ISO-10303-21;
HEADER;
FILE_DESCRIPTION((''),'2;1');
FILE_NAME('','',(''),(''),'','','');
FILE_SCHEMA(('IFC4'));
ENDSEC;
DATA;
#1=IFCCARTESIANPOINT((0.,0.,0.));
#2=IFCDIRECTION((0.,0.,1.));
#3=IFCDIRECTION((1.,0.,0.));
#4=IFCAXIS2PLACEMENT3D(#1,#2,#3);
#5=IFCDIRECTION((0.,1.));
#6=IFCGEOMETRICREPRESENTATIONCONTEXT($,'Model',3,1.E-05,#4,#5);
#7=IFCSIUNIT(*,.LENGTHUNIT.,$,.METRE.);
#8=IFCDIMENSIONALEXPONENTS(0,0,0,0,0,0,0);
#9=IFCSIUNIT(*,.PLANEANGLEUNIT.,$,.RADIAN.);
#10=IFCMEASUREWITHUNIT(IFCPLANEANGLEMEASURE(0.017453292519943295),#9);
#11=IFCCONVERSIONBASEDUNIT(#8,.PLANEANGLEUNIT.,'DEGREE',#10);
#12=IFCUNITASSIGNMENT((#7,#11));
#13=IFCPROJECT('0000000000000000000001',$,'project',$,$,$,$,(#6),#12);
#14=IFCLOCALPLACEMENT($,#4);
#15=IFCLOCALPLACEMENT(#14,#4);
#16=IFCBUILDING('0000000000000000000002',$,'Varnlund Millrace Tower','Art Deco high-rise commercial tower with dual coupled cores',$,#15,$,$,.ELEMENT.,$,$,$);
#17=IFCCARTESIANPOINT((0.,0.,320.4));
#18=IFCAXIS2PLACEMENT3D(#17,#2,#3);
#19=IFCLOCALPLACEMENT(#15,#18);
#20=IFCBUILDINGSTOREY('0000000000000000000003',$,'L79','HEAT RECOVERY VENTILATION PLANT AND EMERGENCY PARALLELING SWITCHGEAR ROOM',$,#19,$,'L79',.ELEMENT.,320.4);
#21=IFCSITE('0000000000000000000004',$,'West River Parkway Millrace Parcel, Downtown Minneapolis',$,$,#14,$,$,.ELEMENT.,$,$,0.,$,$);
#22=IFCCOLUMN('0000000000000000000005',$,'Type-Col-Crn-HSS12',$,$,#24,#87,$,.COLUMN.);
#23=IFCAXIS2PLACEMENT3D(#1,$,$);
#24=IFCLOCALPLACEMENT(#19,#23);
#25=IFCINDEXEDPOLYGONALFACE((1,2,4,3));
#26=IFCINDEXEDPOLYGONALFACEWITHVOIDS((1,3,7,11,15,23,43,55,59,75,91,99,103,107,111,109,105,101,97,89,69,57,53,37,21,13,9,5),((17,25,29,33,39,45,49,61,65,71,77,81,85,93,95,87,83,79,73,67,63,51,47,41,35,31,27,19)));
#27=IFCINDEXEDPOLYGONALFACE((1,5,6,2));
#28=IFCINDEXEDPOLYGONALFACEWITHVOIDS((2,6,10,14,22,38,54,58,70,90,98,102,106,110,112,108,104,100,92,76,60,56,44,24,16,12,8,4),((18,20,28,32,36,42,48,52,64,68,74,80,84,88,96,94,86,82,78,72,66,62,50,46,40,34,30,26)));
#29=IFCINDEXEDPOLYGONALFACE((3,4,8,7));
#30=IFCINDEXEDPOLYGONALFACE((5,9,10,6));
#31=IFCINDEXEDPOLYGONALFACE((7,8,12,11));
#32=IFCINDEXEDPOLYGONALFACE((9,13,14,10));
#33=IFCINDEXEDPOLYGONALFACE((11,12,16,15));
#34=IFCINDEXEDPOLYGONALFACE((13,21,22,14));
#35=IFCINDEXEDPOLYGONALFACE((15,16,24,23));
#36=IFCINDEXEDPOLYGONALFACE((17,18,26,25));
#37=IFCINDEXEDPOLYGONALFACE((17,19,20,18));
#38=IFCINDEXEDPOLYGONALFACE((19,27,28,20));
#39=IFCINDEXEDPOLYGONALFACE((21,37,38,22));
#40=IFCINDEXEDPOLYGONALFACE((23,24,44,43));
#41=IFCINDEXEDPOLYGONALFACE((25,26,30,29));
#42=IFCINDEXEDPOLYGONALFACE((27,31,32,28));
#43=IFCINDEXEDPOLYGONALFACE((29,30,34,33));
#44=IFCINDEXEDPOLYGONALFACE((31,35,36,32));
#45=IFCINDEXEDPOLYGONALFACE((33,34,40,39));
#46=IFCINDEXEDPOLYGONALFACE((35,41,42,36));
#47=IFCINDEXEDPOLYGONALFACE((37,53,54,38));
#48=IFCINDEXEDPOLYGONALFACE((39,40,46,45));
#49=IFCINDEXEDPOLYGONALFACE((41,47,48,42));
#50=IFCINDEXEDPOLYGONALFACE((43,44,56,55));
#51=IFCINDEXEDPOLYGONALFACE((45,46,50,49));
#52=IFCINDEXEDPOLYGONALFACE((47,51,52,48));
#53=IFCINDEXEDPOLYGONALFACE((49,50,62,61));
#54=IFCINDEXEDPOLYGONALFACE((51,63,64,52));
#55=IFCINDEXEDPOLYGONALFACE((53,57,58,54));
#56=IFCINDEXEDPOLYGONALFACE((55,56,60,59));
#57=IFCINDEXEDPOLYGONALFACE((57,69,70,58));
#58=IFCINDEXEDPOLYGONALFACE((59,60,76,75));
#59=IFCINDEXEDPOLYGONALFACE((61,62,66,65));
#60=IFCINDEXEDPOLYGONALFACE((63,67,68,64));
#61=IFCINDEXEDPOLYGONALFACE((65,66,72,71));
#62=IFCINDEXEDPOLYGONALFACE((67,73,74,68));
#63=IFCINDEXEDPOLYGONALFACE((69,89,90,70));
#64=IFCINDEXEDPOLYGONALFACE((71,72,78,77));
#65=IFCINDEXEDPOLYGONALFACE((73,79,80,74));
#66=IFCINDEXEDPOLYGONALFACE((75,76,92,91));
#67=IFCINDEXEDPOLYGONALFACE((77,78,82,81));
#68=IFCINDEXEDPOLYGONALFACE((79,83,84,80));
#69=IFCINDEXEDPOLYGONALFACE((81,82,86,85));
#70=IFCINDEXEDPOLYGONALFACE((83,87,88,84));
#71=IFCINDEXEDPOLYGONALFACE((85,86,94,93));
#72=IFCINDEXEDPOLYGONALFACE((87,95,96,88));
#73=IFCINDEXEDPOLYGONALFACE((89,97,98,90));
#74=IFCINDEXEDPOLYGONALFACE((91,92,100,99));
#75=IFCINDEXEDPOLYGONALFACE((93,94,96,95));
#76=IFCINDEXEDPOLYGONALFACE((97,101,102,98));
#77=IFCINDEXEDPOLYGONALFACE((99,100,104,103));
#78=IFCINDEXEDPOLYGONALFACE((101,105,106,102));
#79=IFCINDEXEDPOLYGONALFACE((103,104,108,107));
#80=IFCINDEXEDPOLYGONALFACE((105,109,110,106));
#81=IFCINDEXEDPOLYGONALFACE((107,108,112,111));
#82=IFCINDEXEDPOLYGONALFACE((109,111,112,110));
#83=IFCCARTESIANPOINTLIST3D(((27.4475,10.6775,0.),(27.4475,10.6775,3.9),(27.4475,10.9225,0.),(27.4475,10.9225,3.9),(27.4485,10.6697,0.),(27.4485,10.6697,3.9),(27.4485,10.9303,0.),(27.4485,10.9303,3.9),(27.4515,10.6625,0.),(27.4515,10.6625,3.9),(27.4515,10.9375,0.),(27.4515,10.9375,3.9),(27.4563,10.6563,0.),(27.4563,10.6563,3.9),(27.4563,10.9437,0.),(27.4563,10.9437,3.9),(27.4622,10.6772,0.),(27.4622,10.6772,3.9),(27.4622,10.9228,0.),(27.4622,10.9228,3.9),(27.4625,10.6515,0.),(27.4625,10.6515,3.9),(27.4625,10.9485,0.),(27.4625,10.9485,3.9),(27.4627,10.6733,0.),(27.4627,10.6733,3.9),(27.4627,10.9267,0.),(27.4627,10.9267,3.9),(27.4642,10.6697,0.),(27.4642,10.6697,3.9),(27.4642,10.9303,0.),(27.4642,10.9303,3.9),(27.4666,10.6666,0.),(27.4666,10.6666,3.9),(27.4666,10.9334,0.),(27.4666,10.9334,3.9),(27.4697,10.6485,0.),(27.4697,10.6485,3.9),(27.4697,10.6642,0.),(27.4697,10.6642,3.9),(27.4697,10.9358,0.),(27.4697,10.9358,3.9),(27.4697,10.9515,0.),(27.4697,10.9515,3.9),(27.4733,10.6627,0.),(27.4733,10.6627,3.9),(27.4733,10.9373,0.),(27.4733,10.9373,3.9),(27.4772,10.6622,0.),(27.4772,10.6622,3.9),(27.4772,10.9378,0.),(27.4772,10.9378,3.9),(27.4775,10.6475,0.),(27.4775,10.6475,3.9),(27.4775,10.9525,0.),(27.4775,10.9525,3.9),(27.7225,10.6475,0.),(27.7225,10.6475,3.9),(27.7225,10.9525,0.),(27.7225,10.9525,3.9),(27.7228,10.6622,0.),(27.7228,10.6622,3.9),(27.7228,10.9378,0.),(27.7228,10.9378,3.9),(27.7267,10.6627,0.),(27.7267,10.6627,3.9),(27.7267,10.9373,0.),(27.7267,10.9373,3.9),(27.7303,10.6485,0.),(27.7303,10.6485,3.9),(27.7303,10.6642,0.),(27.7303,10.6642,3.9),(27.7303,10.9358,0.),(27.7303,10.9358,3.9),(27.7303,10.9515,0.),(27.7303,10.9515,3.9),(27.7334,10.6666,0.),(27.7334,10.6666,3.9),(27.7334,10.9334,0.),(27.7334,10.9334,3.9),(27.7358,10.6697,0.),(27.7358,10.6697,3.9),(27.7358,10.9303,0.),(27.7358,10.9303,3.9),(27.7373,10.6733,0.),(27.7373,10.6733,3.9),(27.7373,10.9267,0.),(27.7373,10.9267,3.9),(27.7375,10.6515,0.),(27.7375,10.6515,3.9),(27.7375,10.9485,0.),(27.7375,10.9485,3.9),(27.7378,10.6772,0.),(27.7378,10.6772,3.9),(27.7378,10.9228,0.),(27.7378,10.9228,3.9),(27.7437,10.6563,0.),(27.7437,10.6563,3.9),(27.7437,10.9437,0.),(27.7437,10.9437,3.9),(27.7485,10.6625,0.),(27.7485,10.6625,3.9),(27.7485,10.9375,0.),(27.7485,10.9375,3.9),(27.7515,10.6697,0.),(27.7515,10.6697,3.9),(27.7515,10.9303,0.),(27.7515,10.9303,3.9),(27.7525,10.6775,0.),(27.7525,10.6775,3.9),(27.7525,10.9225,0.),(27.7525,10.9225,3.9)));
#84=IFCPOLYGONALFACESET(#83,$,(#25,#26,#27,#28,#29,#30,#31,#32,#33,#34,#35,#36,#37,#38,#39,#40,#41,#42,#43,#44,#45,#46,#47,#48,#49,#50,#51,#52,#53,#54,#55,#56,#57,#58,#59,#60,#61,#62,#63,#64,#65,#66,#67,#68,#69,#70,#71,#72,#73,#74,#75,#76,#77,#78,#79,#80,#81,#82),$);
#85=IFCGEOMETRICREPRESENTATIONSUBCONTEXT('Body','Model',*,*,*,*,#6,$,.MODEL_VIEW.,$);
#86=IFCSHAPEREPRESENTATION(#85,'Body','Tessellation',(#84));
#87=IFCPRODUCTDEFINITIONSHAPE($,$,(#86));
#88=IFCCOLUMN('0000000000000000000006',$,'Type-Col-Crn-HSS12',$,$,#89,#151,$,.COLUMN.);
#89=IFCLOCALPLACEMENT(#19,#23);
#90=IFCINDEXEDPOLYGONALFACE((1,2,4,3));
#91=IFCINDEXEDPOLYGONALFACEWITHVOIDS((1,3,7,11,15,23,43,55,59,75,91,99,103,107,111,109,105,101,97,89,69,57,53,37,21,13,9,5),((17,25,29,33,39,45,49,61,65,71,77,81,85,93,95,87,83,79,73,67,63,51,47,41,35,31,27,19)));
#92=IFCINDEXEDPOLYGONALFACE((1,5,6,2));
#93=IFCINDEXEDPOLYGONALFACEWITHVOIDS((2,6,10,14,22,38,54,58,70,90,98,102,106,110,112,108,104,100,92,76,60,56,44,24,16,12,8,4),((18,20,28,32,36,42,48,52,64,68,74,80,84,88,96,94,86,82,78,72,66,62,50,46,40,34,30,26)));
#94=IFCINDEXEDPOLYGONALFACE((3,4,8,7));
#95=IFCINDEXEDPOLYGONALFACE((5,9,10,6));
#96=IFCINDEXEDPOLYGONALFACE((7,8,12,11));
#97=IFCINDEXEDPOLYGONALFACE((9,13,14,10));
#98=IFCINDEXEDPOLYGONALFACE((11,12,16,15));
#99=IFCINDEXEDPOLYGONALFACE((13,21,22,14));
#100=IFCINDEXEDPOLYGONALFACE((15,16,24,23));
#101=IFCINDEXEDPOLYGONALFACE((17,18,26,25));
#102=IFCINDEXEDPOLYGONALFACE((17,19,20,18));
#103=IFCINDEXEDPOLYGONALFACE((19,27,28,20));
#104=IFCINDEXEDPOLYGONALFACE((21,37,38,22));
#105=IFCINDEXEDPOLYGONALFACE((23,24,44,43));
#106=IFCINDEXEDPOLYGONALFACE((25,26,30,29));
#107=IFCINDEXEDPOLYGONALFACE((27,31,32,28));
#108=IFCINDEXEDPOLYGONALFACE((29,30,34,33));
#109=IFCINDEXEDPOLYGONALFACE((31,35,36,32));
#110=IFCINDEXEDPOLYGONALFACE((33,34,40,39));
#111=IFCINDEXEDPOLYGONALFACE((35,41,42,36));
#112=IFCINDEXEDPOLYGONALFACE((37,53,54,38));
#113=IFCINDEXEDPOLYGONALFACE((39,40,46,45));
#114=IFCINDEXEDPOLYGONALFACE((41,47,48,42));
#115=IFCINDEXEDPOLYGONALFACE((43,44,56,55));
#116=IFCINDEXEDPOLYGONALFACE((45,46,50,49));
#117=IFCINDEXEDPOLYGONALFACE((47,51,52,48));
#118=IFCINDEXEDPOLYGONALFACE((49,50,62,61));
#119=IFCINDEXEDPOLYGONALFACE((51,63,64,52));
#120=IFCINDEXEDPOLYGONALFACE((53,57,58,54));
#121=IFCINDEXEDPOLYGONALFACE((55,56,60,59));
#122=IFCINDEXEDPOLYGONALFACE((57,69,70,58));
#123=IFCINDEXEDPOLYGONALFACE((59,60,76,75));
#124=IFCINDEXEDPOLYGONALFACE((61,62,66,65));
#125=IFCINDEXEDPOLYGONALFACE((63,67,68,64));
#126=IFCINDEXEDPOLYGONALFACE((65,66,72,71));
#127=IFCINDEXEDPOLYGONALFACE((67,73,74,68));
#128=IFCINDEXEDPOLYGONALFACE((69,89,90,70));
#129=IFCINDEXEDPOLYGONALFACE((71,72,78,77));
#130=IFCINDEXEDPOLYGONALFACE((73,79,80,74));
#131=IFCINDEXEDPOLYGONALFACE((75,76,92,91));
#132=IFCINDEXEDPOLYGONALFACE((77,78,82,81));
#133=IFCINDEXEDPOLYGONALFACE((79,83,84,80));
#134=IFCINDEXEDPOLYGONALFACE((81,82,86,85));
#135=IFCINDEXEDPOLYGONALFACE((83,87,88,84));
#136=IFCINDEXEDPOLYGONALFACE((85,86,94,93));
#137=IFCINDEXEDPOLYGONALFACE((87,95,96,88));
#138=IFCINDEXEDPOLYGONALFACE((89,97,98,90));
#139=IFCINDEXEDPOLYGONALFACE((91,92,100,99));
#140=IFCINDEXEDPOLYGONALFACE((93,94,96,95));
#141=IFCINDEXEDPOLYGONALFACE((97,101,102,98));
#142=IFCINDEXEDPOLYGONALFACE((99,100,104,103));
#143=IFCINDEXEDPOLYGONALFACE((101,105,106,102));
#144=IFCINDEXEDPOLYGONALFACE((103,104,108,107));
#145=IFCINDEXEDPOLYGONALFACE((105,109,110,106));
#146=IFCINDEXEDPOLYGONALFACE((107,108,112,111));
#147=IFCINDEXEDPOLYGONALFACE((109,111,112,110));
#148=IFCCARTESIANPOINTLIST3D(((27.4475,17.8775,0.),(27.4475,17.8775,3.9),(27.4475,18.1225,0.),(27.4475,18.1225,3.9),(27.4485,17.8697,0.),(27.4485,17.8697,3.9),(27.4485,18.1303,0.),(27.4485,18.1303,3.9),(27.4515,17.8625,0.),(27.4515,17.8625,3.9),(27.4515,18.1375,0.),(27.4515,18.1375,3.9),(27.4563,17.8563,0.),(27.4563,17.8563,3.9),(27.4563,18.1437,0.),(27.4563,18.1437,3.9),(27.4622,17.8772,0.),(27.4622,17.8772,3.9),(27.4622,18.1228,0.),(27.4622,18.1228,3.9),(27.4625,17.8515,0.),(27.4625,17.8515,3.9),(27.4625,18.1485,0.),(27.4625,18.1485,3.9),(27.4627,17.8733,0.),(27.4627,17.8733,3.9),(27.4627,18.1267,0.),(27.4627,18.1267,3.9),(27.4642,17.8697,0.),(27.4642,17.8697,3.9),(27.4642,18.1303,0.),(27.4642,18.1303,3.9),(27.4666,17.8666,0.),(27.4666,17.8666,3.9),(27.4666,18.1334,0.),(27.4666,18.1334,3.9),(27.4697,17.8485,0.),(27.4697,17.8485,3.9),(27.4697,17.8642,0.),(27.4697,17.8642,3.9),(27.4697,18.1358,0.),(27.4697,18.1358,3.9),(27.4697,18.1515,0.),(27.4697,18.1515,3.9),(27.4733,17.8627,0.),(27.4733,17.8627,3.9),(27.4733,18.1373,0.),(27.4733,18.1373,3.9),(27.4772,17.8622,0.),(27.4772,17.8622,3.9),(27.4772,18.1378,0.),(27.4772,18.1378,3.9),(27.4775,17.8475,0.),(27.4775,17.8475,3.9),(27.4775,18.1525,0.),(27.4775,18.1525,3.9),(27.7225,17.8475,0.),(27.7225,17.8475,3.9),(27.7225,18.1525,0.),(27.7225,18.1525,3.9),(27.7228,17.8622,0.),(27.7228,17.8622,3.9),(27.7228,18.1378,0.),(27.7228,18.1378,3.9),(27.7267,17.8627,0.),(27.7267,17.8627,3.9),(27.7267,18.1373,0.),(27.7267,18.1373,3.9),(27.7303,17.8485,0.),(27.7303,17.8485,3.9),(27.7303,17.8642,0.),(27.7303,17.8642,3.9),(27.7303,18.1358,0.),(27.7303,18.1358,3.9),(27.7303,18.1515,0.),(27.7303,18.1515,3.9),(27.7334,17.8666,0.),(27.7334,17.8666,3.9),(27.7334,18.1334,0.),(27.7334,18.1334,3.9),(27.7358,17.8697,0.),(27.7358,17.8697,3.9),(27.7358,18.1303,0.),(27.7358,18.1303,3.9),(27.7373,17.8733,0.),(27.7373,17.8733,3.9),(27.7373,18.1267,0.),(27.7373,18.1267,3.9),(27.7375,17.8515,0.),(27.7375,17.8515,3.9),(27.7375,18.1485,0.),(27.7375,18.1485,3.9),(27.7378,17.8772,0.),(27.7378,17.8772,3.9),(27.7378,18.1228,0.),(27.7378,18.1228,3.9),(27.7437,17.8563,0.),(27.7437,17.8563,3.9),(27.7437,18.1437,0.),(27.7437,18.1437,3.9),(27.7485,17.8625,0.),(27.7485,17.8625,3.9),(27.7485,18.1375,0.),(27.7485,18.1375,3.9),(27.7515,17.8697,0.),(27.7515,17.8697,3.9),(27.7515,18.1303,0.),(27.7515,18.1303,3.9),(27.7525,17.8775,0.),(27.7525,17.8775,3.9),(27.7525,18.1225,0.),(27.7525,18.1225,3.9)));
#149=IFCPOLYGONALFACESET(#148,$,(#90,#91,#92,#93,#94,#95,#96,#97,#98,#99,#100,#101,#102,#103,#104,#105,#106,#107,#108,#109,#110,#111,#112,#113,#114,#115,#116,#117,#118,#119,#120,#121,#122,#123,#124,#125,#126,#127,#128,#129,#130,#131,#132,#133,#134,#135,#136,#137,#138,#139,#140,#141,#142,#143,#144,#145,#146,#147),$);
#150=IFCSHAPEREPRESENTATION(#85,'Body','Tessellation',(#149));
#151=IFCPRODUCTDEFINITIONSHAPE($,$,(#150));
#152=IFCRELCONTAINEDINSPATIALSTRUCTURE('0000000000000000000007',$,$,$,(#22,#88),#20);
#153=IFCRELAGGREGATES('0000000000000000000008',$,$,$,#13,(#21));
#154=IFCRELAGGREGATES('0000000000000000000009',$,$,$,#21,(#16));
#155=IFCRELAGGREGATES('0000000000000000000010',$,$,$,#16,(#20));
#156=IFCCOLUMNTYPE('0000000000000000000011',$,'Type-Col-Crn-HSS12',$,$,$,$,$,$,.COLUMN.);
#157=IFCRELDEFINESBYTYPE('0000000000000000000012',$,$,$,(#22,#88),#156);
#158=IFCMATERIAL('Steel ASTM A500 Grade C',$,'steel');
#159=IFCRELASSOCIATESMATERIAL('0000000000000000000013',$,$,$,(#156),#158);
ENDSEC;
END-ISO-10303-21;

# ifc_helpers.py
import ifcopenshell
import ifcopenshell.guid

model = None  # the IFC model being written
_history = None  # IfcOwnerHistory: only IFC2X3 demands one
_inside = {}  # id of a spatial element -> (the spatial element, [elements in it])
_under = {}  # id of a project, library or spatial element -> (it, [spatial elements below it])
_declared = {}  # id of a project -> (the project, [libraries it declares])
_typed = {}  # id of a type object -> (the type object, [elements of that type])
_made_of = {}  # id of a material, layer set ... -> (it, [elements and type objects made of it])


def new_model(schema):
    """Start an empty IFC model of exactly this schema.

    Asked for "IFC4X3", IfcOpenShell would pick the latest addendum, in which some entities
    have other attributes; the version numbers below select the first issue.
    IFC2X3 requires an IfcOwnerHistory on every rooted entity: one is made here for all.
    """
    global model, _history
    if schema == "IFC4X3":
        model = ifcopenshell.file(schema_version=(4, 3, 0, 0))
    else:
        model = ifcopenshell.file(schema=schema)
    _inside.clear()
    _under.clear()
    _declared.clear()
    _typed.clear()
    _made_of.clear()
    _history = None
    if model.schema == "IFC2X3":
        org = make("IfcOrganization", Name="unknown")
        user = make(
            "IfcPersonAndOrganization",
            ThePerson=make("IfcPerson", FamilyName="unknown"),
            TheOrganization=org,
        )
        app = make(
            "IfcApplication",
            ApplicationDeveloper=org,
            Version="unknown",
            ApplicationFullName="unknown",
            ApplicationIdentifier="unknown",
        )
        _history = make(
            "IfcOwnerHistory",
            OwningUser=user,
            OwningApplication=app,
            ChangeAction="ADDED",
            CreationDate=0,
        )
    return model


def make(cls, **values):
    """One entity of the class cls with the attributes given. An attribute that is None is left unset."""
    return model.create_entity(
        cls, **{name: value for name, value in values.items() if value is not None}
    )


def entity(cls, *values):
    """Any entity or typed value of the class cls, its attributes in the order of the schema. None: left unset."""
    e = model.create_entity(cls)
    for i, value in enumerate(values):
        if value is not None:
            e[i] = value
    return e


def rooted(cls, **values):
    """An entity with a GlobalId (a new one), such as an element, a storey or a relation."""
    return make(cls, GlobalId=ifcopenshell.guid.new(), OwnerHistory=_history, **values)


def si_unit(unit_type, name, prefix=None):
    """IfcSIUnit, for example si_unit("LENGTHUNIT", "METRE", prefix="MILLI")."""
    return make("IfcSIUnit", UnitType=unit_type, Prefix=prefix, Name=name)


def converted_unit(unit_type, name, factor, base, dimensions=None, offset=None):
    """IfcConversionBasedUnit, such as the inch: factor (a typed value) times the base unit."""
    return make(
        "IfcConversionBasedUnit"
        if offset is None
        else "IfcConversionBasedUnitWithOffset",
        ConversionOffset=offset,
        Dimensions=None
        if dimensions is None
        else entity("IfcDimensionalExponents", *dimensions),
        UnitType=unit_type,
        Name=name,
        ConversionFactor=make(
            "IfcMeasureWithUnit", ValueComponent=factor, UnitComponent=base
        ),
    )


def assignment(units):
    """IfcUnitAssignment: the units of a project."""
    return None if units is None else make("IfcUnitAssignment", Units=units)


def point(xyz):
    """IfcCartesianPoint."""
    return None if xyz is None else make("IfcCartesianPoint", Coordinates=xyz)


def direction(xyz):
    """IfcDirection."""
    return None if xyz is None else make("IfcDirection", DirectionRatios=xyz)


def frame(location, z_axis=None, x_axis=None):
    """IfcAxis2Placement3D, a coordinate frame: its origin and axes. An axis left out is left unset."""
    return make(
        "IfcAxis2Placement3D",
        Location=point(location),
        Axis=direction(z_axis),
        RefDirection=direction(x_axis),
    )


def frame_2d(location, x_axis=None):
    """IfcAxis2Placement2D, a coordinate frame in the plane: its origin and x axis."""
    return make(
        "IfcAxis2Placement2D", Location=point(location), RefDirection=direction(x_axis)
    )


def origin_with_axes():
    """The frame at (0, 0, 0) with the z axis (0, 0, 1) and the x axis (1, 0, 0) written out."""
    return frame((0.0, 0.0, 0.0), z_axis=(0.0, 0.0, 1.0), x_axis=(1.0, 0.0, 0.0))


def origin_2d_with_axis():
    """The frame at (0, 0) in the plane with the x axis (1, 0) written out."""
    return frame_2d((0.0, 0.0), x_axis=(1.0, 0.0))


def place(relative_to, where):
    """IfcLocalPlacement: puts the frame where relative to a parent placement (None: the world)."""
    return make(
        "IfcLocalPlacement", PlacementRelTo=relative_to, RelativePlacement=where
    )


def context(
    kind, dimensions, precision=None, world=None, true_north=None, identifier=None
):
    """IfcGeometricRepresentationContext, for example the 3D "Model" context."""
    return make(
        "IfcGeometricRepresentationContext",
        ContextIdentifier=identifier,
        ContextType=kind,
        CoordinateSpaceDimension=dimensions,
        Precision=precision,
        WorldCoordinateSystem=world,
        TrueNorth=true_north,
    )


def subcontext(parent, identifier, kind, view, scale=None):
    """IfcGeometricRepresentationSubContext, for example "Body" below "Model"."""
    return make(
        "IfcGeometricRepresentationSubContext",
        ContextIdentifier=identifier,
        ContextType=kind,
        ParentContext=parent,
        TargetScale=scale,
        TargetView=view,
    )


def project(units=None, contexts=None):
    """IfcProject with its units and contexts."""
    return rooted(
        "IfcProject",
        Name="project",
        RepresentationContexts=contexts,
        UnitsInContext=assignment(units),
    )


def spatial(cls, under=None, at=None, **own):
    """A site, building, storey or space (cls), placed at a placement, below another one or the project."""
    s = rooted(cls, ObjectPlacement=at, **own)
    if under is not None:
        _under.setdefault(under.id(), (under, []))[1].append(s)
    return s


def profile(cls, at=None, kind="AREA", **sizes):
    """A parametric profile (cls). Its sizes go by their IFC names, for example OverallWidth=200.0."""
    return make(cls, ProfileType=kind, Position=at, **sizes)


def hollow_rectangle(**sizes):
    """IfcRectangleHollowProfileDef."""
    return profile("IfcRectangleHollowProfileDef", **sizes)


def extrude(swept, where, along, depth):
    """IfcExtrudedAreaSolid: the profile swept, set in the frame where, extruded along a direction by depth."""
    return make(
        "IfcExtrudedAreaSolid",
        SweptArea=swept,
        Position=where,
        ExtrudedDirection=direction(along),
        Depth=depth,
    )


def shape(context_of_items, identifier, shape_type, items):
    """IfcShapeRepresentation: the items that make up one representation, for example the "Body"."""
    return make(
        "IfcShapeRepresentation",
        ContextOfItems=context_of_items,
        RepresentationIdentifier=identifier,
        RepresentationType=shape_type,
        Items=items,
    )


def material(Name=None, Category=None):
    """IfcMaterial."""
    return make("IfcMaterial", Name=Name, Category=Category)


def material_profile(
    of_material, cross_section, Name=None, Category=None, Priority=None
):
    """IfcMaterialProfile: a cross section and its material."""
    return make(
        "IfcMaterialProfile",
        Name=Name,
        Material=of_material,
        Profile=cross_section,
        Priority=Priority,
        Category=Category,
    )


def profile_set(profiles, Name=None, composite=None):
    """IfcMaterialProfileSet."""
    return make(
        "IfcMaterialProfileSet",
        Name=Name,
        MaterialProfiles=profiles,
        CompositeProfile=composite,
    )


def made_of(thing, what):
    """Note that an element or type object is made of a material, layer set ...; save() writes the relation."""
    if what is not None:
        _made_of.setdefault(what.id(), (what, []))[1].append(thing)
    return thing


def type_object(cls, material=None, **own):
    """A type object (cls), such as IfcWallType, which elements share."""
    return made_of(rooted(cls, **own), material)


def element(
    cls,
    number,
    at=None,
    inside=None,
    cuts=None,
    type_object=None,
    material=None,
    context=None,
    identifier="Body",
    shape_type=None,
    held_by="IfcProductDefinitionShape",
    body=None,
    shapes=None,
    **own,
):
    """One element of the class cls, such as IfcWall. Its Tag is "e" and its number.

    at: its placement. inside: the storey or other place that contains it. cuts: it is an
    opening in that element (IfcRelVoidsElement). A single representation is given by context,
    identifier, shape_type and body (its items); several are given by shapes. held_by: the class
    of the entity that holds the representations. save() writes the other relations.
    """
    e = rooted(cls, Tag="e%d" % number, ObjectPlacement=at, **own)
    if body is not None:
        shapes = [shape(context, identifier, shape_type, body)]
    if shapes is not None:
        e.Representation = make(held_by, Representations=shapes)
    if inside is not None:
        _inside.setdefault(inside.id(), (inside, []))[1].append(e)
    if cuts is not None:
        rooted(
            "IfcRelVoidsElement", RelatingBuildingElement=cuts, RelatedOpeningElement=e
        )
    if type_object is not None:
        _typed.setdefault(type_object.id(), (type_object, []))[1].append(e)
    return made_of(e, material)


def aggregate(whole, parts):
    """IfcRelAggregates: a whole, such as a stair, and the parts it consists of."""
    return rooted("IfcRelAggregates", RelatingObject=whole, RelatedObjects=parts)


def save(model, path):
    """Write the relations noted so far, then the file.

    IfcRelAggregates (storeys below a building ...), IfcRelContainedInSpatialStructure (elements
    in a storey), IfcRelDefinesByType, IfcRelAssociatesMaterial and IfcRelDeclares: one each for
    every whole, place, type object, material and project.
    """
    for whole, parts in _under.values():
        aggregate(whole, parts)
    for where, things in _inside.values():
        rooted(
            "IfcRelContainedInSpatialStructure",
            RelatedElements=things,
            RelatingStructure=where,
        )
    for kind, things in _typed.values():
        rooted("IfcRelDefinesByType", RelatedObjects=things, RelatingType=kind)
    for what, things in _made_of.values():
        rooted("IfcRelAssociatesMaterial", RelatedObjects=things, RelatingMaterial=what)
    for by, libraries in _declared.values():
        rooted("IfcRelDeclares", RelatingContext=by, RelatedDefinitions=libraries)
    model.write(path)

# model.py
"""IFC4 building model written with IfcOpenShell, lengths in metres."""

from ifc_helpers import new_model, entity, si_unit, converted_unit, direction, frame, origin_with_axes, origin_2d_with_axis, place, context, subcontext, project, spatial, hollow_rectangle, extrude, material, material_profile, profile_set, type_object, element, save


model = new_model("IFC4")

# Units and contexts
model_context = context("Model", 3, precision=1e-05, world=origin_with_axes(), true_north=direction((0.0, 1.0)))
body_context = subcontext(model_context, "Body", "Model", "MODEL_VIEW")
ifc_project = project(units=[si_unit("LENGTHUNIT", "METRE"), converted_unit("PLANEANGLEUNIT", "DEGREE", entity("IfcPlaneAngleMeasure", 0.017453292519943295), si_unit("PLANEANGLEUNIT", "RADIAN"), dimensions=[0, 0, 0, 0, 0, 0, 0])], contexts=[model_context])

# Site, building, storey
site_placement = place(None, origin_with_axes())
site = spatial("IfcSite", under=ifc_project, at=site_placement, Name="West River Parkway Millrace Parcel, Downtown Minneapolis", CompositionType="ELEMENT", RefElevation=0.0)
building_placement = place(site_placement, origin_with_axes())
building = spatial("IfcBuilding", under=site, at=building_placement, Name="Varnlund Millrace Tower", Description="Art Deco high-rise commercial tower with dual coupled cores", CompositionType="ELEMENT")
storey_placement = place(building_placement, frame((0.0, 0.0, 320.4), z_axis=(0.0, 0.0, 1.0), x_axis=(1.0, 0.0, 0.0)))
storey = spatial("IfcBuildingStorey", under=building, at=storey_placement, Name="L79", Description="HEAT RECOVERY VENTILATION PLANT AND EMERGENCY PARALLELING SWITCHGEAR ROOM", LongName="L79", CompositionType="ELEMENT", Elevation=320.4)

# Columns
ifc_material_1 = material(Name="Steel ASTM A500 Grade C", Category="steel")
ifc_material_profile_1 = material_profile(ifc_material_1, hollow_rectangle(XDim=0.305, YDim=0.305, WallThickness=0.0147, InnerFilletRadius=0.015, OuterFilletRadius=0.03, at=origin_2d_with_axis()), Name="Steel ASTM A500 Grade C")
ifc_profile_set_1 = profile_set([ifc_material_profile_1], Name="Steel ASTM A500 Grade C")
column_type = type_object("IfcColumnType", Name="Type-Col-Crn-HSS12", PredefinedType="COLUMN", material=ifc_profile_set_1)
for number, where, z_axis, x_axis, name in (
    (1, (27.6, 10.8, 0.0), (0.0, 0.0, 1.0), (1.0, 0.0, 0.0), "Type-Col-Crn-HSS12"),
    (2, (27.6, 18.0, 0.0), (0.0, 0.0, 1.0), (1.0, 0.0, 0.0), "Type-Col-Crn-HSS12"),
):
    element("IfcColumn", number, at=place(storey_placement, frame(where, z_axis=z_axis, x_axis=x_axis)), inside=storey, type_object=column_type, Name=name, PredefinedType="COLUMN", context=body_context, shape_type="SweptSolid", body=[
        extrude(hollow_rectangle(XDim=0.305, YDim=0.305, WallThickness=0.0147, InnerFilletRadius=0.015, OuterFilletRadius=0.03, at=origin_2d_with_axis()), origin_with_axes(), (0.0, 0.0, 1.0), 3.9),
    ])

save(model, "model.ifc")
